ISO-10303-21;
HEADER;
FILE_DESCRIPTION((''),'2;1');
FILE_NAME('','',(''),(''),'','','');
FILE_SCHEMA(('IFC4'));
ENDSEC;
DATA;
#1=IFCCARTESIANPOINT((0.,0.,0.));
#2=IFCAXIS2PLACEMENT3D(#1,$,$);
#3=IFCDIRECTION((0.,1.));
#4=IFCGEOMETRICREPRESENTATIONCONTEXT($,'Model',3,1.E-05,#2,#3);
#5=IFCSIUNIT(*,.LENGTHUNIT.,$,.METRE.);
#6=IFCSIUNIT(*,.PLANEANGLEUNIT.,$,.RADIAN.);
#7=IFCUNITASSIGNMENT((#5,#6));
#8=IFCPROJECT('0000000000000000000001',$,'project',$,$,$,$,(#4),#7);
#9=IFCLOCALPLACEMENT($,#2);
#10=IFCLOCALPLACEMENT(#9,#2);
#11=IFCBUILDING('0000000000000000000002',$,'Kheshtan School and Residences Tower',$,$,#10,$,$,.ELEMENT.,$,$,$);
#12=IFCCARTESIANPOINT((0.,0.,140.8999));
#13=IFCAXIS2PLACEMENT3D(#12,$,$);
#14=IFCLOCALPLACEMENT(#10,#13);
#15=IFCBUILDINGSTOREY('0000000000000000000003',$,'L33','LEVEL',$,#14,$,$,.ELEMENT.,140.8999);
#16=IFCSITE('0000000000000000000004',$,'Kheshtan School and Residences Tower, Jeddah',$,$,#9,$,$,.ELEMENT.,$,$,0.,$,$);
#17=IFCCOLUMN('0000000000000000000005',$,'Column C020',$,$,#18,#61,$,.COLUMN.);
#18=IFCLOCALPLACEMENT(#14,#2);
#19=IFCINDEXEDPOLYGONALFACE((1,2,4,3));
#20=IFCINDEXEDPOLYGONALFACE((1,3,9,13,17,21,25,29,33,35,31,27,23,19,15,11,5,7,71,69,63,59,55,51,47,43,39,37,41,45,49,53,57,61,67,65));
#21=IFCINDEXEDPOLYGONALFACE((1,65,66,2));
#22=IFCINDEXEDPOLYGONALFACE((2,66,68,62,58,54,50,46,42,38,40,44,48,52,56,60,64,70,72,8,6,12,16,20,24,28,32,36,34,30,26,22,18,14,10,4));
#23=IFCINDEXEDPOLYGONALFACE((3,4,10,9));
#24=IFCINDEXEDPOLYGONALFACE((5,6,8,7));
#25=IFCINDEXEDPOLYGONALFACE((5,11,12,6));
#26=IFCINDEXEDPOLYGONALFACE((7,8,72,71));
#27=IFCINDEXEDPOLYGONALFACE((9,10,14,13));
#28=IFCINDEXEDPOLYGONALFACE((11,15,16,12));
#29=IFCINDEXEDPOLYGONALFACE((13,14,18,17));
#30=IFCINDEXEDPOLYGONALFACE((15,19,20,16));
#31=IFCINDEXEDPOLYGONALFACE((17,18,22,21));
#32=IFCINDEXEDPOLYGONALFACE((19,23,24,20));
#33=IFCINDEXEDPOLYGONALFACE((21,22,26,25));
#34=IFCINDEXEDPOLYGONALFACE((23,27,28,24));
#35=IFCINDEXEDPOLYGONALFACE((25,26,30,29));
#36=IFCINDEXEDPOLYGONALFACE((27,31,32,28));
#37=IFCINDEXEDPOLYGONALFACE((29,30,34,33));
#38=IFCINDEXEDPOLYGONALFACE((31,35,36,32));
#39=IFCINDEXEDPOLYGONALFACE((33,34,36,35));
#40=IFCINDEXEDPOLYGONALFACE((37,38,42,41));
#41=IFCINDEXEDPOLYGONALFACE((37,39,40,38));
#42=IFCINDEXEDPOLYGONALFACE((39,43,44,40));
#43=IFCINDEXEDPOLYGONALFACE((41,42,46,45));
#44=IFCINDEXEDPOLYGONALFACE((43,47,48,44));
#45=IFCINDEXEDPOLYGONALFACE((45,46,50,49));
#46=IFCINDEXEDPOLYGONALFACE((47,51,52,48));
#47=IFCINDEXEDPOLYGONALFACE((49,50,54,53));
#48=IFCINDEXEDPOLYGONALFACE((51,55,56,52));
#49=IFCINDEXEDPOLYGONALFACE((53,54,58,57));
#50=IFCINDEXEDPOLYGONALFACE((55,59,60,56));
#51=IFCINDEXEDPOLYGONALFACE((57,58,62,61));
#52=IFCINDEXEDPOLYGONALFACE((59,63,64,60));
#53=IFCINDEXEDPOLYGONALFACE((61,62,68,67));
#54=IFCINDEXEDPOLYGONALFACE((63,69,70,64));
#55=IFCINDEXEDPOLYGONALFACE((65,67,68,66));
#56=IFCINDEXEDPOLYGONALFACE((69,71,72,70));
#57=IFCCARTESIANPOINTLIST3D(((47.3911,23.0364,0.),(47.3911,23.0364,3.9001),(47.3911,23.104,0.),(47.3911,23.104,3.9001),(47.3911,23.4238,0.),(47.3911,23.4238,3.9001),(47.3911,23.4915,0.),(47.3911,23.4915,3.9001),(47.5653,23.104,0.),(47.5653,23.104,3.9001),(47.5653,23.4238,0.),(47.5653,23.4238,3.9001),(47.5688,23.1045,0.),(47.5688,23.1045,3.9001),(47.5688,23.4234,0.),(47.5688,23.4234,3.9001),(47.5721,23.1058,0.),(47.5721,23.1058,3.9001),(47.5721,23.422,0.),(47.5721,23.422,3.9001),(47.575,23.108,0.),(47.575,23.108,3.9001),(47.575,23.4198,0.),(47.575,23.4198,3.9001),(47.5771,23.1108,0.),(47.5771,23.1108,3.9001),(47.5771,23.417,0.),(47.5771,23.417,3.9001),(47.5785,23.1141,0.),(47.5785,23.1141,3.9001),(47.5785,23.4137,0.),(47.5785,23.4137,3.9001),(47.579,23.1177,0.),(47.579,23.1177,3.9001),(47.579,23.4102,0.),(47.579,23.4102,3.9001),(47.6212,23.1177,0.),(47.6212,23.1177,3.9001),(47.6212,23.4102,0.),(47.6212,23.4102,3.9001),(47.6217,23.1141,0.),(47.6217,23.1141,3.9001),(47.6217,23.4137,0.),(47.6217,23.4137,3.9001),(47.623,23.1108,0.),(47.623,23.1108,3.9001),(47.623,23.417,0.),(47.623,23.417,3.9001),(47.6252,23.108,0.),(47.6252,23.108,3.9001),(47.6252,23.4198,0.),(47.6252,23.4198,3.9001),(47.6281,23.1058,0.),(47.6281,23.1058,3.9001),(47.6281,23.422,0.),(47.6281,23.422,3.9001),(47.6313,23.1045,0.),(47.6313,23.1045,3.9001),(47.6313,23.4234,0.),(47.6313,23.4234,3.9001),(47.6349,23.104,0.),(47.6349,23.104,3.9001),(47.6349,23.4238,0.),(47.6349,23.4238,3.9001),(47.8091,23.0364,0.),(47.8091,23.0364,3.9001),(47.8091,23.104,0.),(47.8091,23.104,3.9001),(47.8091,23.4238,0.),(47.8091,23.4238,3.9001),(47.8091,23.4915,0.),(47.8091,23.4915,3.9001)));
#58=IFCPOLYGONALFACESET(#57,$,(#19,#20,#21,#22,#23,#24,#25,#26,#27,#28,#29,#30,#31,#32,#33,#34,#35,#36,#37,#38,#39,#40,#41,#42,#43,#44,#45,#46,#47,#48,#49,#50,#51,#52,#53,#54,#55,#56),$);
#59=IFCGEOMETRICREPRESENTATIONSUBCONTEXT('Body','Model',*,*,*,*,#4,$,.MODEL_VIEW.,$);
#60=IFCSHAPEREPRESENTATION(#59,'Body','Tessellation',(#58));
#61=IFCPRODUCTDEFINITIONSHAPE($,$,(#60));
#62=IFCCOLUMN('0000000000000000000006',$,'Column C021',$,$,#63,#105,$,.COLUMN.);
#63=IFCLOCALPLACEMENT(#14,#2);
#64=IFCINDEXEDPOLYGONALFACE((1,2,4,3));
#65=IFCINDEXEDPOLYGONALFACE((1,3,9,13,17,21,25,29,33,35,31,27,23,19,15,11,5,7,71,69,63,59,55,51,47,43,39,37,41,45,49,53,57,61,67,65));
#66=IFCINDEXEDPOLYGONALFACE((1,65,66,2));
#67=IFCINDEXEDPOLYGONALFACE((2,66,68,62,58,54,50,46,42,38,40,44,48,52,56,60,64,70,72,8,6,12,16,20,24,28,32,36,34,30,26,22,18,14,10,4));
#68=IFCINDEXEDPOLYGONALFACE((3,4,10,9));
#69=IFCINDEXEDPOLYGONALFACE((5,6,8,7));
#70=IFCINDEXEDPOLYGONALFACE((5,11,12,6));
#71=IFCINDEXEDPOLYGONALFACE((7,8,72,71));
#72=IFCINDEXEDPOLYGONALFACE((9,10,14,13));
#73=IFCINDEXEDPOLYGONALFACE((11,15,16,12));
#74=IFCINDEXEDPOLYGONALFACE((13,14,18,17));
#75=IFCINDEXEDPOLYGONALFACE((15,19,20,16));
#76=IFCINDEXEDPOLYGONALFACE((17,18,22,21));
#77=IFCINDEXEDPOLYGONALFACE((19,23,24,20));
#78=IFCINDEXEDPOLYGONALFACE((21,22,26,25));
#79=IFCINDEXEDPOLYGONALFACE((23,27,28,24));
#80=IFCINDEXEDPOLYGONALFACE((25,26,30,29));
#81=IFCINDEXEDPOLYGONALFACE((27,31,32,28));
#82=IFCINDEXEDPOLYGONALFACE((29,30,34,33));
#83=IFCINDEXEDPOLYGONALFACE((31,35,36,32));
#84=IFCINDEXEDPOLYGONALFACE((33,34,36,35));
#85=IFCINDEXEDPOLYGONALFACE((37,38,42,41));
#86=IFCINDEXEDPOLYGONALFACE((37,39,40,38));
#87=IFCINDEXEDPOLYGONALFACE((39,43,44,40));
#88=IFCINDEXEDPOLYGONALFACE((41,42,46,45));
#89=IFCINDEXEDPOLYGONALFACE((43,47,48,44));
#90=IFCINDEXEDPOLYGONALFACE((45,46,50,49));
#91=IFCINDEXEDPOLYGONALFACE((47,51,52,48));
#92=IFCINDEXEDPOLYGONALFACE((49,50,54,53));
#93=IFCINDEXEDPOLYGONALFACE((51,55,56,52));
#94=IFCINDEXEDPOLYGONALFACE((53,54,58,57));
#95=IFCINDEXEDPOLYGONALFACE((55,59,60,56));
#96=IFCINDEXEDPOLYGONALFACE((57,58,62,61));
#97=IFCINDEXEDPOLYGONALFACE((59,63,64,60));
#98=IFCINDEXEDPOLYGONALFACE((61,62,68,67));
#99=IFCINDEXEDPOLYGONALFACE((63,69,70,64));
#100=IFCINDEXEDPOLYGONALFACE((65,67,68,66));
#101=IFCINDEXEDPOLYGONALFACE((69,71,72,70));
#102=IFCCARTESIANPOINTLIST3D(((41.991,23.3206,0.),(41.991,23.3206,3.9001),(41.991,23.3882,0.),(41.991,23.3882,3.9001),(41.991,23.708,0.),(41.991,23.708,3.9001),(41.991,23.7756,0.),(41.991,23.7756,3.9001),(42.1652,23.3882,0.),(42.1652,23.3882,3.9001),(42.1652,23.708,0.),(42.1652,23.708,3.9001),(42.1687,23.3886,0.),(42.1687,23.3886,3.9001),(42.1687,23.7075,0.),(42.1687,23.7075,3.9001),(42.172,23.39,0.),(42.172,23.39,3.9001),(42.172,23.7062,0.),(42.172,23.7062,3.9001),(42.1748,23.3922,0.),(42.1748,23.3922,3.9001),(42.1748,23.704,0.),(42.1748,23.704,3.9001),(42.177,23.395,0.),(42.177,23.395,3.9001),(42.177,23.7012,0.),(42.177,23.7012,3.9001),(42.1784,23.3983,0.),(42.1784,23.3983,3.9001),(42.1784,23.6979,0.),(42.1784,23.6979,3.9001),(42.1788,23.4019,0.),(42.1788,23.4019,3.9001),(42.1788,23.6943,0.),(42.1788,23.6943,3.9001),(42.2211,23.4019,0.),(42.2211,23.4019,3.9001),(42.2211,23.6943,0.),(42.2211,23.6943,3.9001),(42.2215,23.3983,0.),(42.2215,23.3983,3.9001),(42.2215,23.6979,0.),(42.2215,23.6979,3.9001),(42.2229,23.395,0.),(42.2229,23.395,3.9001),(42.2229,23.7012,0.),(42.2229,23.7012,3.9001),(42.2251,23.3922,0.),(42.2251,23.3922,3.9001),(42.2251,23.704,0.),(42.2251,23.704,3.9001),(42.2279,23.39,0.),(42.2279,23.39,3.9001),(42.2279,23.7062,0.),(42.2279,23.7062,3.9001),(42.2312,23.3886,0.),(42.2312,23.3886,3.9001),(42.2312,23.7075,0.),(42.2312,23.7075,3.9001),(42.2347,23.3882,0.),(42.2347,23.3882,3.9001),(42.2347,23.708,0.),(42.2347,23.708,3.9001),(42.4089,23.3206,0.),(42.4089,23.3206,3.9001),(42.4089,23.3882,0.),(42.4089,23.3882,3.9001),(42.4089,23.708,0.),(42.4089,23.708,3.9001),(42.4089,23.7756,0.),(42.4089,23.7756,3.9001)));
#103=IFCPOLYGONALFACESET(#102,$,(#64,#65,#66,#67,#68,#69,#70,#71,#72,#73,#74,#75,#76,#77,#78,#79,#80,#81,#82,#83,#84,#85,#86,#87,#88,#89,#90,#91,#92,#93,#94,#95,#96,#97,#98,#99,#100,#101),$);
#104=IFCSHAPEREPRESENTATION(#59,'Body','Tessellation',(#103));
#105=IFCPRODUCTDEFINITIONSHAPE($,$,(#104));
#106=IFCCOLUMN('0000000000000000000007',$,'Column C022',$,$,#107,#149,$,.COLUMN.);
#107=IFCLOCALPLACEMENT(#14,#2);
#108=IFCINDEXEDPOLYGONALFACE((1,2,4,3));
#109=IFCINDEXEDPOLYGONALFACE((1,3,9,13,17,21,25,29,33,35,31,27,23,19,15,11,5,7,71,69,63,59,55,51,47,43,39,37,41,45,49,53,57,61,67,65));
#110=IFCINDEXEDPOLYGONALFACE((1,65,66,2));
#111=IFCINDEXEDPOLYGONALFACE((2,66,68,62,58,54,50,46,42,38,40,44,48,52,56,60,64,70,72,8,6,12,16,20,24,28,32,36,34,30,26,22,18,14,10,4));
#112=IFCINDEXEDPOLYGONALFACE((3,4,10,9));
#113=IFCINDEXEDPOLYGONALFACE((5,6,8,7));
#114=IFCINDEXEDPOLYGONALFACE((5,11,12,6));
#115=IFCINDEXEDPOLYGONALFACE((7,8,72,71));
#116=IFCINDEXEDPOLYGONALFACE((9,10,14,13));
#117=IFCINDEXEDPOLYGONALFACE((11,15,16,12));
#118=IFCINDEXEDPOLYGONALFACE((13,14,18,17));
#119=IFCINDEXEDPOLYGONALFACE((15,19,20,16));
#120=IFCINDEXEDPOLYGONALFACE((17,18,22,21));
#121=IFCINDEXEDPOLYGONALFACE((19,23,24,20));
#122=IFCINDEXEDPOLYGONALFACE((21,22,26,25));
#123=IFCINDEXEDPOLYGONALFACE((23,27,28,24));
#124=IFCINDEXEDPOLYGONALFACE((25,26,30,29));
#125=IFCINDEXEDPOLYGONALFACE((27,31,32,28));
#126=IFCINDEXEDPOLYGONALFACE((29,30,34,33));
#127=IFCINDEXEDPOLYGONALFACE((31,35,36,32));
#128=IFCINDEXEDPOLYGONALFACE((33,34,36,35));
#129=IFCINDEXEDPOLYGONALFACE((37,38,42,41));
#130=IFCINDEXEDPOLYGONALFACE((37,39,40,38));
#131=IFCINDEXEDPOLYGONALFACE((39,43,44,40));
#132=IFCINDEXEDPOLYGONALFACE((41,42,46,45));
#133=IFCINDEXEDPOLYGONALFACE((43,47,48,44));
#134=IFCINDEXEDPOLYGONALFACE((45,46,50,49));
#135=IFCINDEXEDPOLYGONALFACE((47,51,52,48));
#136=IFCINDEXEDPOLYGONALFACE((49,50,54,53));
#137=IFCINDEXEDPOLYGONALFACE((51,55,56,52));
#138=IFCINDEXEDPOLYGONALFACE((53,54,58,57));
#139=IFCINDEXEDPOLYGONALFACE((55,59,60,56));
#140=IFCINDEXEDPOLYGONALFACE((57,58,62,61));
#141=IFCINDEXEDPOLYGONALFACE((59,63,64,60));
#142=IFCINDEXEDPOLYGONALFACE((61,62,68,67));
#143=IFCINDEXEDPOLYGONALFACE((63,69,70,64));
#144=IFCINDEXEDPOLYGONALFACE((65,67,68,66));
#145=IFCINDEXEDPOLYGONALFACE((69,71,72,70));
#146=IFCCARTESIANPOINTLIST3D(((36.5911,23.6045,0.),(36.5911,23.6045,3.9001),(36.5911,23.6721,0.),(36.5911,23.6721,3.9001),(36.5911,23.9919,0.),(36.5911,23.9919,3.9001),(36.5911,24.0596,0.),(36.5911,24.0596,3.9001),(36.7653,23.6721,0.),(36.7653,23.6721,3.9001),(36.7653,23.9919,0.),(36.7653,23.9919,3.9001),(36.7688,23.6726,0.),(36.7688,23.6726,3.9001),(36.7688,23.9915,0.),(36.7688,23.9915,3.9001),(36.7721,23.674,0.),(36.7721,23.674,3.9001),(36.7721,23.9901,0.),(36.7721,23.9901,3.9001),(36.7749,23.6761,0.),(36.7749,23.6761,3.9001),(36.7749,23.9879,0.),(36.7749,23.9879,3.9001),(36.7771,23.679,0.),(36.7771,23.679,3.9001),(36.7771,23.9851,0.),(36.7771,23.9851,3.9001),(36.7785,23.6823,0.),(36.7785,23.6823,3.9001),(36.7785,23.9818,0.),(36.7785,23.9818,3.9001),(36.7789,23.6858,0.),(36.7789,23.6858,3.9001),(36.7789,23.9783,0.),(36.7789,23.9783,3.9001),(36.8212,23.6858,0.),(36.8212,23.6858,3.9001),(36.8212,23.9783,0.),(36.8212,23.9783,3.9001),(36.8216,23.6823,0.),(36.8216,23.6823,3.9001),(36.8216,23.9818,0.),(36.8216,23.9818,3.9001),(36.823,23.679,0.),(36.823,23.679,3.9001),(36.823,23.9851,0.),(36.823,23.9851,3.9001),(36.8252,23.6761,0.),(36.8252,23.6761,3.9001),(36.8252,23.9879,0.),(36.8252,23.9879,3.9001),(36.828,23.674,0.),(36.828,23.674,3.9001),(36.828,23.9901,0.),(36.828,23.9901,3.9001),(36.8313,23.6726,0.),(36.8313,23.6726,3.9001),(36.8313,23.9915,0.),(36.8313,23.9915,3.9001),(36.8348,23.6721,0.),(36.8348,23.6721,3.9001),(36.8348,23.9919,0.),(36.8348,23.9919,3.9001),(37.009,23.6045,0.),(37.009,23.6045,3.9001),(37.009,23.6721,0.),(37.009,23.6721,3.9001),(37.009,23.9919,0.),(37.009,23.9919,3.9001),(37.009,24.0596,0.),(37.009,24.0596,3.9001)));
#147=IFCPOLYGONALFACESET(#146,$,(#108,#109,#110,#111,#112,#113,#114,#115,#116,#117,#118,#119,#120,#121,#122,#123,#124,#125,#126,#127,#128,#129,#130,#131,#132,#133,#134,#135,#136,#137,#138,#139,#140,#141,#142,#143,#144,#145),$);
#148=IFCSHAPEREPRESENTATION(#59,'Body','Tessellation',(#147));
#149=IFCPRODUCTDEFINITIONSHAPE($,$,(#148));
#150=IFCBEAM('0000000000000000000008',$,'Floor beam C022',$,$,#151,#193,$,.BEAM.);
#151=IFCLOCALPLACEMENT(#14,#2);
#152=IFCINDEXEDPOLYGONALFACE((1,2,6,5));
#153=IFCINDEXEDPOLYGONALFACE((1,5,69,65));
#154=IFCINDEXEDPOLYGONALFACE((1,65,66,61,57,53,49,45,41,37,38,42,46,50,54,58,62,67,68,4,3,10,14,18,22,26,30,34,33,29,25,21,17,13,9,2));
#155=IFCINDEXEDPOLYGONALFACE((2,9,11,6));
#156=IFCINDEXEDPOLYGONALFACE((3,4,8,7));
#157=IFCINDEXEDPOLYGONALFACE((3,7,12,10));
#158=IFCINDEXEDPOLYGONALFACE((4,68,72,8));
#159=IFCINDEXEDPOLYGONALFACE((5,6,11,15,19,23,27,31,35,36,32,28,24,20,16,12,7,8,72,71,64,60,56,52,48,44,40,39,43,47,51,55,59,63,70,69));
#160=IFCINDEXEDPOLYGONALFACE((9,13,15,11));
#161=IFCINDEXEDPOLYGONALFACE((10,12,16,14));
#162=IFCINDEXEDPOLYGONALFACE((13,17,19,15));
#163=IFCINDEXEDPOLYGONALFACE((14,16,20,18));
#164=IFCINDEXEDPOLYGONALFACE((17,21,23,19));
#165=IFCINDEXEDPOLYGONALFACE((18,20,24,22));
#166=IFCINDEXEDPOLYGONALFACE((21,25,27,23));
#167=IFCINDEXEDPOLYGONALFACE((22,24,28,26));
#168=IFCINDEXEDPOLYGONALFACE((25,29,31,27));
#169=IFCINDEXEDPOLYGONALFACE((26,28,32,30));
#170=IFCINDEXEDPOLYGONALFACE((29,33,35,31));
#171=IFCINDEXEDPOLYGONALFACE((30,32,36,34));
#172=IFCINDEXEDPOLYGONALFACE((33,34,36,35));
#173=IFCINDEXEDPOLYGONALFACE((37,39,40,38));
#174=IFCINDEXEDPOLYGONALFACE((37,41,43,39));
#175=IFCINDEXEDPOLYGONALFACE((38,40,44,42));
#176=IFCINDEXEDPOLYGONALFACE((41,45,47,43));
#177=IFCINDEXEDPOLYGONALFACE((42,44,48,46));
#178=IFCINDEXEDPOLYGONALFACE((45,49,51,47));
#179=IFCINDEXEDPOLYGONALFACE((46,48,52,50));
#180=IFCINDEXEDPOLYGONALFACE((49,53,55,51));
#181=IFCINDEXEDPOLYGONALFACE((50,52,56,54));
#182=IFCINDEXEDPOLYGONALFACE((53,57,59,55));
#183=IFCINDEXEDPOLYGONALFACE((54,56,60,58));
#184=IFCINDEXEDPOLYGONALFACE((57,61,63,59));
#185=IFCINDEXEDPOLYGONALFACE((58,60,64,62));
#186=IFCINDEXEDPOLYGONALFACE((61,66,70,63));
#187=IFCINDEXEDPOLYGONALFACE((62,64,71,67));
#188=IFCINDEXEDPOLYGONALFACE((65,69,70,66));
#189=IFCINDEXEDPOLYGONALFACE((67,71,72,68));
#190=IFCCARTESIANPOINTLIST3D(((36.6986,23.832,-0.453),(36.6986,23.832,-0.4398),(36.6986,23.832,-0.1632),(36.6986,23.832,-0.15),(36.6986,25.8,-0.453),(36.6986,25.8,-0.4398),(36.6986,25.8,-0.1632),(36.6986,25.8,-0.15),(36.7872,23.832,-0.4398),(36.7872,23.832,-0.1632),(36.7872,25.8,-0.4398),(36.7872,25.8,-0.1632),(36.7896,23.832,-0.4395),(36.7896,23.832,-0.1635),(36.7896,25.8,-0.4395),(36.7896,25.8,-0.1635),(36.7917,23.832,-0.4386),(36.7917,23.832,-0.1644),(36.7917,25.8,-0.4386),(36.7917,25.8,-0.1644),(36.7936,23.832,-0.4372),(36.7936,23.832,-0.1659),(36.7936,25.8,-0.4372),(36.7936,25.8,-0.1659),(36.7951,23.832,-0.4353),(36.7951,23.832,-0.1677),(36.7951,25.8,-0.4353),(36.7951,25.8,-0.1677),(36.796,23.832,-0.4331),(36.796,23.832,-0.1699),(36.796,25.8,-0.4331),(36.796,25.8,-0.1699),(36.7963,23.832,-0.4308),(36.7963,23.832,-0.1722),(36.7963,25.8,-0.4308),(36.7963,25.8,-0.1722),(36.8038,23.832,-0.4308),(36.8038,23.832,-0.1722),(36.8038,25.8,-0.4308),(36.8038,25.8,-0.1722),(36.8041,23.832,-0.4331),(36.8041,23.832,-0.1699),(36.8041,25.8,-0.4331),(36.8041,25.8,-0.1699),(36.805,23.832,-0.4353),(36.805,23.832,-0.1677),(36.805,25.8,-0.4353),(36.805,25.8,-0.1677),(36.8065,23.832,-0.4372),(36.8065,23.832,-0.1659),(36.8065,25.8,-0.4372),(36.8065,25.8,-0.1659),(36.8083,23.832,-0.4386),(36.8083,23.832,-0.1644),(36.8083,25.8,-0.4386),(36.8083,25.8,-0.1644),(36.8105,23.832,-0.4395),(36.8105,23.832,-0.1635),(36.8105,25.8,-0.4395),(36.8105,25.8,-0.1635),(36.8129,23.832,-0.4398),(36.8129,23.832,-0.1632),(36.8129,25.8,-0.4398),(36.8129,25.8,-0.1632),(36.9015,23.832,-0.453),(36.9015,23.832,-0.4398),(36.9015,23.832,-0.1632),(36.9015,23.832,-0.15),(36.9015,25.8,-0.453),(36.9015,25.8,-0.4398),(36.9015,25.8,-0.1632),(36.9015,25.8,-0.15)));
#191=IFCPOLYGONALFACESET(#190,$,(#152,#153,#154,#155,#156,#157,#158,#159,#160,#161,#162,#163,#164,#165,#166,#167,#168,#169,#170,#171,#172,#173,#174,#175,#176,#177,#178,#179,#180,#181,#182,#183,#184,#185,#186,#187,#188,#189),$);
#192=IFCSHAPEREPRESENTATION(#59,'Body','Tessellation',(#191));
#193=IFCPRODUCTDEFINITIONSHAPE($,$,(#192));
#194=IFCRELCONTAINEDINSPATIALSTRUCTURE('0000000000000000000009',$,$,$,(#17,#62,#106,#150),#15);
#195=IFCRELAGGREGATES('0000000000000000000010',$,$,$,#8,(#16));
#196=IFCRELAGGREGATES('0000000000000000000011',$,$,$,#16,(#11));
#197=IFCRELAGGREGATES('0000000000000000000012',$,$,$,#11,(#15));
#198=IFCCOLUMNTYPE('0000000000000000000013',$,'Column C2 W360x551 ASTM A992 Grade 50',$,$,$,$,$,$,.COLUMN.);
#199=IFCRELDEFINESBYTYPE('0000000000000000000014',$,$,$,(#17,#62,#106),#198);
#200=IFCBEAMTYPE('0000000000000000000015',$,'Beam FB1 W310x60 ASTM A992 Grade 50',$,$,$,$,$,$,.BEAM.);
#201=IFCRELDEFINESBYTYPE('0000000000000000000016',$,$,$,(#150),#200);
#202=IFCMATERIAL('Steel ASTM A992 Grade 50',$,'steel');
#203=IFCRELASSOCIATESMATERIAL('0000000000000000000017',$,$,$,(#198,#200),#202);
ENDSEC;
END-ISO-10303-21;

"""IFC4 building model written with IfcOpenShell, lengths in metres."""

from ifc_helpers import new_model, si_unit, direction, frame, origin, origin_2d, place, context, subcontext, project, spatial, i_section, extrude, material, material_profile, profile_set, type_object, element, save


model = new_model("IFC4")

# Units and contexts
model_context = context("Model", 3, precision=1e-05, world=origin(), true_north=direction((0.0, 1.0)))
body_context = subcontext(model_context, "Body", "Model", "MODEL_VIEW")
ifc_project = project(units=[si_unit("LENGTHUNIT", "METRE"), si_unit("PLANEANGLEUNIT", "RADIAN")], contexts=[model_context])

# Site, building, storey
site_placement = place(None, origin())
site = spatial("IfcSite", under=ifc_project, at=site_placement, Name="Kheshtan School and Residences Tower, Jeddah", CompositionType="ELEMENT", RefElevation=0.0)
building_placement = place(site_placement, origin())
building = spatial("IfcBuilding", under=site, at=building_placement, Name="Kheshtan School and Residences Tower", CompositionType="ELEMENT")
storey_placement = place(building_placement, frame((0.0, 0.0, 140.8999)))
storey = spatial("IfcBuildingStorey", under=building, at=storey_placement, Name="L33", Description="LEVEL", CompositionType="ELEMENT", Elevation=140.8999)

# Columns
ifc_material_1 = material(Name="Steel ASTM A992 Grade 50", Category="steel")
ifc_material_profile_1 = material_profile(ifc_material_1, i_section(OverallWidth=0.418, OverallDepth=0.4551, WebThickness=0.0422, FlangeThickness=0.0676, FilletRadius=0.0137, at=origin_2d()), Name="W360x551")
ifc_profile_set_1 = profile_set([ifc_material_profile_1], Name="Steel ASTM A992 Grade 50")
column_type = type_object("IfcColumnType", Name="Column C2 W360x551 ASTM A992 Grade 50", PredefinedType="COLUMN", material=ifc_profile_set_1)
for number, where, z_axis, x_axis, name in (
    (1, (47.6001, 23.2639, 0.0), (0.0, 0.0, 1.0), (1.0, 0.0, 0.0), "Column C020"),
    (2, (42.2, 23.5481, 0.0), (0.0, 0.0, 1.0), (1.0, 0.0, 0.0), "Column C021"),
    (3, (36.8, 23.832, 0.0), (0.0, 0.0, 1.0), (1.0, 0.0, 0.0), "Column C022"),
):
    element("IfcColumn", number, at=place(storey_placement, frame(where, z_axis=z_axis, x_axis=x_axis)), inside=storey, type_object=column_type, Name=name, PredefinedType="COLUMN", context=body_context, shape_type="SweptSolid", body=[
        extrude(i_section(OverallWidth=0.418, OverallDepth=0.4551, WebThickness=0.0422, FlangeThickness=0.0676, FilletRadius=0.0137, at=origin_2d()), origin(), (0.0, 0.0, 1.0), 3.9001),
    ])

# Beam
ifc_material_profile_2 = material_profile(ifc_material_1, i_section(OverallWidth=0.2029, OverallDepth=0.303, WebThickness=0.0076, FlangeThickness=0.0132, FilletRadius=0.009, at=origin_2d()), Name="W310x60")
ifc_profile_set_2 = profile_set([ifc_material_profile_2], Name="Steel ASTM A992 Grade 50")
beam_type_1 = type_object("IfcBeamType", Name="Beam FB1 W310x60 ASTM A992 Grade 50", PredefinedType="BEAM", material=ifc_profile_set_2)
beam_1_placement = place(storey_placement, frame((36.8, 23.832, -0.3015), z_axis=(0.0, 1.0, 0.0), x_axis=(-1.0, 0.0, 0.0)))
element("IfcBeam", 4, at=beam_1_placement, inside=storey, type_object=beam_type_1, Name="Floor beam C022", PredefinedType="BEAM", context=body_context, shape_type="SweptSolid", body=[
    extrude(i_section(OverallWidth=0.2029, OverallDepth=0.303, WebThickness=0.0076, FlangeThickness=0.0132, FilletRadius=0.009, at=origin_2d()), origin(), (0.0, 0.0, 1.0), 1.968),
])

save(model, "model.ifc")
